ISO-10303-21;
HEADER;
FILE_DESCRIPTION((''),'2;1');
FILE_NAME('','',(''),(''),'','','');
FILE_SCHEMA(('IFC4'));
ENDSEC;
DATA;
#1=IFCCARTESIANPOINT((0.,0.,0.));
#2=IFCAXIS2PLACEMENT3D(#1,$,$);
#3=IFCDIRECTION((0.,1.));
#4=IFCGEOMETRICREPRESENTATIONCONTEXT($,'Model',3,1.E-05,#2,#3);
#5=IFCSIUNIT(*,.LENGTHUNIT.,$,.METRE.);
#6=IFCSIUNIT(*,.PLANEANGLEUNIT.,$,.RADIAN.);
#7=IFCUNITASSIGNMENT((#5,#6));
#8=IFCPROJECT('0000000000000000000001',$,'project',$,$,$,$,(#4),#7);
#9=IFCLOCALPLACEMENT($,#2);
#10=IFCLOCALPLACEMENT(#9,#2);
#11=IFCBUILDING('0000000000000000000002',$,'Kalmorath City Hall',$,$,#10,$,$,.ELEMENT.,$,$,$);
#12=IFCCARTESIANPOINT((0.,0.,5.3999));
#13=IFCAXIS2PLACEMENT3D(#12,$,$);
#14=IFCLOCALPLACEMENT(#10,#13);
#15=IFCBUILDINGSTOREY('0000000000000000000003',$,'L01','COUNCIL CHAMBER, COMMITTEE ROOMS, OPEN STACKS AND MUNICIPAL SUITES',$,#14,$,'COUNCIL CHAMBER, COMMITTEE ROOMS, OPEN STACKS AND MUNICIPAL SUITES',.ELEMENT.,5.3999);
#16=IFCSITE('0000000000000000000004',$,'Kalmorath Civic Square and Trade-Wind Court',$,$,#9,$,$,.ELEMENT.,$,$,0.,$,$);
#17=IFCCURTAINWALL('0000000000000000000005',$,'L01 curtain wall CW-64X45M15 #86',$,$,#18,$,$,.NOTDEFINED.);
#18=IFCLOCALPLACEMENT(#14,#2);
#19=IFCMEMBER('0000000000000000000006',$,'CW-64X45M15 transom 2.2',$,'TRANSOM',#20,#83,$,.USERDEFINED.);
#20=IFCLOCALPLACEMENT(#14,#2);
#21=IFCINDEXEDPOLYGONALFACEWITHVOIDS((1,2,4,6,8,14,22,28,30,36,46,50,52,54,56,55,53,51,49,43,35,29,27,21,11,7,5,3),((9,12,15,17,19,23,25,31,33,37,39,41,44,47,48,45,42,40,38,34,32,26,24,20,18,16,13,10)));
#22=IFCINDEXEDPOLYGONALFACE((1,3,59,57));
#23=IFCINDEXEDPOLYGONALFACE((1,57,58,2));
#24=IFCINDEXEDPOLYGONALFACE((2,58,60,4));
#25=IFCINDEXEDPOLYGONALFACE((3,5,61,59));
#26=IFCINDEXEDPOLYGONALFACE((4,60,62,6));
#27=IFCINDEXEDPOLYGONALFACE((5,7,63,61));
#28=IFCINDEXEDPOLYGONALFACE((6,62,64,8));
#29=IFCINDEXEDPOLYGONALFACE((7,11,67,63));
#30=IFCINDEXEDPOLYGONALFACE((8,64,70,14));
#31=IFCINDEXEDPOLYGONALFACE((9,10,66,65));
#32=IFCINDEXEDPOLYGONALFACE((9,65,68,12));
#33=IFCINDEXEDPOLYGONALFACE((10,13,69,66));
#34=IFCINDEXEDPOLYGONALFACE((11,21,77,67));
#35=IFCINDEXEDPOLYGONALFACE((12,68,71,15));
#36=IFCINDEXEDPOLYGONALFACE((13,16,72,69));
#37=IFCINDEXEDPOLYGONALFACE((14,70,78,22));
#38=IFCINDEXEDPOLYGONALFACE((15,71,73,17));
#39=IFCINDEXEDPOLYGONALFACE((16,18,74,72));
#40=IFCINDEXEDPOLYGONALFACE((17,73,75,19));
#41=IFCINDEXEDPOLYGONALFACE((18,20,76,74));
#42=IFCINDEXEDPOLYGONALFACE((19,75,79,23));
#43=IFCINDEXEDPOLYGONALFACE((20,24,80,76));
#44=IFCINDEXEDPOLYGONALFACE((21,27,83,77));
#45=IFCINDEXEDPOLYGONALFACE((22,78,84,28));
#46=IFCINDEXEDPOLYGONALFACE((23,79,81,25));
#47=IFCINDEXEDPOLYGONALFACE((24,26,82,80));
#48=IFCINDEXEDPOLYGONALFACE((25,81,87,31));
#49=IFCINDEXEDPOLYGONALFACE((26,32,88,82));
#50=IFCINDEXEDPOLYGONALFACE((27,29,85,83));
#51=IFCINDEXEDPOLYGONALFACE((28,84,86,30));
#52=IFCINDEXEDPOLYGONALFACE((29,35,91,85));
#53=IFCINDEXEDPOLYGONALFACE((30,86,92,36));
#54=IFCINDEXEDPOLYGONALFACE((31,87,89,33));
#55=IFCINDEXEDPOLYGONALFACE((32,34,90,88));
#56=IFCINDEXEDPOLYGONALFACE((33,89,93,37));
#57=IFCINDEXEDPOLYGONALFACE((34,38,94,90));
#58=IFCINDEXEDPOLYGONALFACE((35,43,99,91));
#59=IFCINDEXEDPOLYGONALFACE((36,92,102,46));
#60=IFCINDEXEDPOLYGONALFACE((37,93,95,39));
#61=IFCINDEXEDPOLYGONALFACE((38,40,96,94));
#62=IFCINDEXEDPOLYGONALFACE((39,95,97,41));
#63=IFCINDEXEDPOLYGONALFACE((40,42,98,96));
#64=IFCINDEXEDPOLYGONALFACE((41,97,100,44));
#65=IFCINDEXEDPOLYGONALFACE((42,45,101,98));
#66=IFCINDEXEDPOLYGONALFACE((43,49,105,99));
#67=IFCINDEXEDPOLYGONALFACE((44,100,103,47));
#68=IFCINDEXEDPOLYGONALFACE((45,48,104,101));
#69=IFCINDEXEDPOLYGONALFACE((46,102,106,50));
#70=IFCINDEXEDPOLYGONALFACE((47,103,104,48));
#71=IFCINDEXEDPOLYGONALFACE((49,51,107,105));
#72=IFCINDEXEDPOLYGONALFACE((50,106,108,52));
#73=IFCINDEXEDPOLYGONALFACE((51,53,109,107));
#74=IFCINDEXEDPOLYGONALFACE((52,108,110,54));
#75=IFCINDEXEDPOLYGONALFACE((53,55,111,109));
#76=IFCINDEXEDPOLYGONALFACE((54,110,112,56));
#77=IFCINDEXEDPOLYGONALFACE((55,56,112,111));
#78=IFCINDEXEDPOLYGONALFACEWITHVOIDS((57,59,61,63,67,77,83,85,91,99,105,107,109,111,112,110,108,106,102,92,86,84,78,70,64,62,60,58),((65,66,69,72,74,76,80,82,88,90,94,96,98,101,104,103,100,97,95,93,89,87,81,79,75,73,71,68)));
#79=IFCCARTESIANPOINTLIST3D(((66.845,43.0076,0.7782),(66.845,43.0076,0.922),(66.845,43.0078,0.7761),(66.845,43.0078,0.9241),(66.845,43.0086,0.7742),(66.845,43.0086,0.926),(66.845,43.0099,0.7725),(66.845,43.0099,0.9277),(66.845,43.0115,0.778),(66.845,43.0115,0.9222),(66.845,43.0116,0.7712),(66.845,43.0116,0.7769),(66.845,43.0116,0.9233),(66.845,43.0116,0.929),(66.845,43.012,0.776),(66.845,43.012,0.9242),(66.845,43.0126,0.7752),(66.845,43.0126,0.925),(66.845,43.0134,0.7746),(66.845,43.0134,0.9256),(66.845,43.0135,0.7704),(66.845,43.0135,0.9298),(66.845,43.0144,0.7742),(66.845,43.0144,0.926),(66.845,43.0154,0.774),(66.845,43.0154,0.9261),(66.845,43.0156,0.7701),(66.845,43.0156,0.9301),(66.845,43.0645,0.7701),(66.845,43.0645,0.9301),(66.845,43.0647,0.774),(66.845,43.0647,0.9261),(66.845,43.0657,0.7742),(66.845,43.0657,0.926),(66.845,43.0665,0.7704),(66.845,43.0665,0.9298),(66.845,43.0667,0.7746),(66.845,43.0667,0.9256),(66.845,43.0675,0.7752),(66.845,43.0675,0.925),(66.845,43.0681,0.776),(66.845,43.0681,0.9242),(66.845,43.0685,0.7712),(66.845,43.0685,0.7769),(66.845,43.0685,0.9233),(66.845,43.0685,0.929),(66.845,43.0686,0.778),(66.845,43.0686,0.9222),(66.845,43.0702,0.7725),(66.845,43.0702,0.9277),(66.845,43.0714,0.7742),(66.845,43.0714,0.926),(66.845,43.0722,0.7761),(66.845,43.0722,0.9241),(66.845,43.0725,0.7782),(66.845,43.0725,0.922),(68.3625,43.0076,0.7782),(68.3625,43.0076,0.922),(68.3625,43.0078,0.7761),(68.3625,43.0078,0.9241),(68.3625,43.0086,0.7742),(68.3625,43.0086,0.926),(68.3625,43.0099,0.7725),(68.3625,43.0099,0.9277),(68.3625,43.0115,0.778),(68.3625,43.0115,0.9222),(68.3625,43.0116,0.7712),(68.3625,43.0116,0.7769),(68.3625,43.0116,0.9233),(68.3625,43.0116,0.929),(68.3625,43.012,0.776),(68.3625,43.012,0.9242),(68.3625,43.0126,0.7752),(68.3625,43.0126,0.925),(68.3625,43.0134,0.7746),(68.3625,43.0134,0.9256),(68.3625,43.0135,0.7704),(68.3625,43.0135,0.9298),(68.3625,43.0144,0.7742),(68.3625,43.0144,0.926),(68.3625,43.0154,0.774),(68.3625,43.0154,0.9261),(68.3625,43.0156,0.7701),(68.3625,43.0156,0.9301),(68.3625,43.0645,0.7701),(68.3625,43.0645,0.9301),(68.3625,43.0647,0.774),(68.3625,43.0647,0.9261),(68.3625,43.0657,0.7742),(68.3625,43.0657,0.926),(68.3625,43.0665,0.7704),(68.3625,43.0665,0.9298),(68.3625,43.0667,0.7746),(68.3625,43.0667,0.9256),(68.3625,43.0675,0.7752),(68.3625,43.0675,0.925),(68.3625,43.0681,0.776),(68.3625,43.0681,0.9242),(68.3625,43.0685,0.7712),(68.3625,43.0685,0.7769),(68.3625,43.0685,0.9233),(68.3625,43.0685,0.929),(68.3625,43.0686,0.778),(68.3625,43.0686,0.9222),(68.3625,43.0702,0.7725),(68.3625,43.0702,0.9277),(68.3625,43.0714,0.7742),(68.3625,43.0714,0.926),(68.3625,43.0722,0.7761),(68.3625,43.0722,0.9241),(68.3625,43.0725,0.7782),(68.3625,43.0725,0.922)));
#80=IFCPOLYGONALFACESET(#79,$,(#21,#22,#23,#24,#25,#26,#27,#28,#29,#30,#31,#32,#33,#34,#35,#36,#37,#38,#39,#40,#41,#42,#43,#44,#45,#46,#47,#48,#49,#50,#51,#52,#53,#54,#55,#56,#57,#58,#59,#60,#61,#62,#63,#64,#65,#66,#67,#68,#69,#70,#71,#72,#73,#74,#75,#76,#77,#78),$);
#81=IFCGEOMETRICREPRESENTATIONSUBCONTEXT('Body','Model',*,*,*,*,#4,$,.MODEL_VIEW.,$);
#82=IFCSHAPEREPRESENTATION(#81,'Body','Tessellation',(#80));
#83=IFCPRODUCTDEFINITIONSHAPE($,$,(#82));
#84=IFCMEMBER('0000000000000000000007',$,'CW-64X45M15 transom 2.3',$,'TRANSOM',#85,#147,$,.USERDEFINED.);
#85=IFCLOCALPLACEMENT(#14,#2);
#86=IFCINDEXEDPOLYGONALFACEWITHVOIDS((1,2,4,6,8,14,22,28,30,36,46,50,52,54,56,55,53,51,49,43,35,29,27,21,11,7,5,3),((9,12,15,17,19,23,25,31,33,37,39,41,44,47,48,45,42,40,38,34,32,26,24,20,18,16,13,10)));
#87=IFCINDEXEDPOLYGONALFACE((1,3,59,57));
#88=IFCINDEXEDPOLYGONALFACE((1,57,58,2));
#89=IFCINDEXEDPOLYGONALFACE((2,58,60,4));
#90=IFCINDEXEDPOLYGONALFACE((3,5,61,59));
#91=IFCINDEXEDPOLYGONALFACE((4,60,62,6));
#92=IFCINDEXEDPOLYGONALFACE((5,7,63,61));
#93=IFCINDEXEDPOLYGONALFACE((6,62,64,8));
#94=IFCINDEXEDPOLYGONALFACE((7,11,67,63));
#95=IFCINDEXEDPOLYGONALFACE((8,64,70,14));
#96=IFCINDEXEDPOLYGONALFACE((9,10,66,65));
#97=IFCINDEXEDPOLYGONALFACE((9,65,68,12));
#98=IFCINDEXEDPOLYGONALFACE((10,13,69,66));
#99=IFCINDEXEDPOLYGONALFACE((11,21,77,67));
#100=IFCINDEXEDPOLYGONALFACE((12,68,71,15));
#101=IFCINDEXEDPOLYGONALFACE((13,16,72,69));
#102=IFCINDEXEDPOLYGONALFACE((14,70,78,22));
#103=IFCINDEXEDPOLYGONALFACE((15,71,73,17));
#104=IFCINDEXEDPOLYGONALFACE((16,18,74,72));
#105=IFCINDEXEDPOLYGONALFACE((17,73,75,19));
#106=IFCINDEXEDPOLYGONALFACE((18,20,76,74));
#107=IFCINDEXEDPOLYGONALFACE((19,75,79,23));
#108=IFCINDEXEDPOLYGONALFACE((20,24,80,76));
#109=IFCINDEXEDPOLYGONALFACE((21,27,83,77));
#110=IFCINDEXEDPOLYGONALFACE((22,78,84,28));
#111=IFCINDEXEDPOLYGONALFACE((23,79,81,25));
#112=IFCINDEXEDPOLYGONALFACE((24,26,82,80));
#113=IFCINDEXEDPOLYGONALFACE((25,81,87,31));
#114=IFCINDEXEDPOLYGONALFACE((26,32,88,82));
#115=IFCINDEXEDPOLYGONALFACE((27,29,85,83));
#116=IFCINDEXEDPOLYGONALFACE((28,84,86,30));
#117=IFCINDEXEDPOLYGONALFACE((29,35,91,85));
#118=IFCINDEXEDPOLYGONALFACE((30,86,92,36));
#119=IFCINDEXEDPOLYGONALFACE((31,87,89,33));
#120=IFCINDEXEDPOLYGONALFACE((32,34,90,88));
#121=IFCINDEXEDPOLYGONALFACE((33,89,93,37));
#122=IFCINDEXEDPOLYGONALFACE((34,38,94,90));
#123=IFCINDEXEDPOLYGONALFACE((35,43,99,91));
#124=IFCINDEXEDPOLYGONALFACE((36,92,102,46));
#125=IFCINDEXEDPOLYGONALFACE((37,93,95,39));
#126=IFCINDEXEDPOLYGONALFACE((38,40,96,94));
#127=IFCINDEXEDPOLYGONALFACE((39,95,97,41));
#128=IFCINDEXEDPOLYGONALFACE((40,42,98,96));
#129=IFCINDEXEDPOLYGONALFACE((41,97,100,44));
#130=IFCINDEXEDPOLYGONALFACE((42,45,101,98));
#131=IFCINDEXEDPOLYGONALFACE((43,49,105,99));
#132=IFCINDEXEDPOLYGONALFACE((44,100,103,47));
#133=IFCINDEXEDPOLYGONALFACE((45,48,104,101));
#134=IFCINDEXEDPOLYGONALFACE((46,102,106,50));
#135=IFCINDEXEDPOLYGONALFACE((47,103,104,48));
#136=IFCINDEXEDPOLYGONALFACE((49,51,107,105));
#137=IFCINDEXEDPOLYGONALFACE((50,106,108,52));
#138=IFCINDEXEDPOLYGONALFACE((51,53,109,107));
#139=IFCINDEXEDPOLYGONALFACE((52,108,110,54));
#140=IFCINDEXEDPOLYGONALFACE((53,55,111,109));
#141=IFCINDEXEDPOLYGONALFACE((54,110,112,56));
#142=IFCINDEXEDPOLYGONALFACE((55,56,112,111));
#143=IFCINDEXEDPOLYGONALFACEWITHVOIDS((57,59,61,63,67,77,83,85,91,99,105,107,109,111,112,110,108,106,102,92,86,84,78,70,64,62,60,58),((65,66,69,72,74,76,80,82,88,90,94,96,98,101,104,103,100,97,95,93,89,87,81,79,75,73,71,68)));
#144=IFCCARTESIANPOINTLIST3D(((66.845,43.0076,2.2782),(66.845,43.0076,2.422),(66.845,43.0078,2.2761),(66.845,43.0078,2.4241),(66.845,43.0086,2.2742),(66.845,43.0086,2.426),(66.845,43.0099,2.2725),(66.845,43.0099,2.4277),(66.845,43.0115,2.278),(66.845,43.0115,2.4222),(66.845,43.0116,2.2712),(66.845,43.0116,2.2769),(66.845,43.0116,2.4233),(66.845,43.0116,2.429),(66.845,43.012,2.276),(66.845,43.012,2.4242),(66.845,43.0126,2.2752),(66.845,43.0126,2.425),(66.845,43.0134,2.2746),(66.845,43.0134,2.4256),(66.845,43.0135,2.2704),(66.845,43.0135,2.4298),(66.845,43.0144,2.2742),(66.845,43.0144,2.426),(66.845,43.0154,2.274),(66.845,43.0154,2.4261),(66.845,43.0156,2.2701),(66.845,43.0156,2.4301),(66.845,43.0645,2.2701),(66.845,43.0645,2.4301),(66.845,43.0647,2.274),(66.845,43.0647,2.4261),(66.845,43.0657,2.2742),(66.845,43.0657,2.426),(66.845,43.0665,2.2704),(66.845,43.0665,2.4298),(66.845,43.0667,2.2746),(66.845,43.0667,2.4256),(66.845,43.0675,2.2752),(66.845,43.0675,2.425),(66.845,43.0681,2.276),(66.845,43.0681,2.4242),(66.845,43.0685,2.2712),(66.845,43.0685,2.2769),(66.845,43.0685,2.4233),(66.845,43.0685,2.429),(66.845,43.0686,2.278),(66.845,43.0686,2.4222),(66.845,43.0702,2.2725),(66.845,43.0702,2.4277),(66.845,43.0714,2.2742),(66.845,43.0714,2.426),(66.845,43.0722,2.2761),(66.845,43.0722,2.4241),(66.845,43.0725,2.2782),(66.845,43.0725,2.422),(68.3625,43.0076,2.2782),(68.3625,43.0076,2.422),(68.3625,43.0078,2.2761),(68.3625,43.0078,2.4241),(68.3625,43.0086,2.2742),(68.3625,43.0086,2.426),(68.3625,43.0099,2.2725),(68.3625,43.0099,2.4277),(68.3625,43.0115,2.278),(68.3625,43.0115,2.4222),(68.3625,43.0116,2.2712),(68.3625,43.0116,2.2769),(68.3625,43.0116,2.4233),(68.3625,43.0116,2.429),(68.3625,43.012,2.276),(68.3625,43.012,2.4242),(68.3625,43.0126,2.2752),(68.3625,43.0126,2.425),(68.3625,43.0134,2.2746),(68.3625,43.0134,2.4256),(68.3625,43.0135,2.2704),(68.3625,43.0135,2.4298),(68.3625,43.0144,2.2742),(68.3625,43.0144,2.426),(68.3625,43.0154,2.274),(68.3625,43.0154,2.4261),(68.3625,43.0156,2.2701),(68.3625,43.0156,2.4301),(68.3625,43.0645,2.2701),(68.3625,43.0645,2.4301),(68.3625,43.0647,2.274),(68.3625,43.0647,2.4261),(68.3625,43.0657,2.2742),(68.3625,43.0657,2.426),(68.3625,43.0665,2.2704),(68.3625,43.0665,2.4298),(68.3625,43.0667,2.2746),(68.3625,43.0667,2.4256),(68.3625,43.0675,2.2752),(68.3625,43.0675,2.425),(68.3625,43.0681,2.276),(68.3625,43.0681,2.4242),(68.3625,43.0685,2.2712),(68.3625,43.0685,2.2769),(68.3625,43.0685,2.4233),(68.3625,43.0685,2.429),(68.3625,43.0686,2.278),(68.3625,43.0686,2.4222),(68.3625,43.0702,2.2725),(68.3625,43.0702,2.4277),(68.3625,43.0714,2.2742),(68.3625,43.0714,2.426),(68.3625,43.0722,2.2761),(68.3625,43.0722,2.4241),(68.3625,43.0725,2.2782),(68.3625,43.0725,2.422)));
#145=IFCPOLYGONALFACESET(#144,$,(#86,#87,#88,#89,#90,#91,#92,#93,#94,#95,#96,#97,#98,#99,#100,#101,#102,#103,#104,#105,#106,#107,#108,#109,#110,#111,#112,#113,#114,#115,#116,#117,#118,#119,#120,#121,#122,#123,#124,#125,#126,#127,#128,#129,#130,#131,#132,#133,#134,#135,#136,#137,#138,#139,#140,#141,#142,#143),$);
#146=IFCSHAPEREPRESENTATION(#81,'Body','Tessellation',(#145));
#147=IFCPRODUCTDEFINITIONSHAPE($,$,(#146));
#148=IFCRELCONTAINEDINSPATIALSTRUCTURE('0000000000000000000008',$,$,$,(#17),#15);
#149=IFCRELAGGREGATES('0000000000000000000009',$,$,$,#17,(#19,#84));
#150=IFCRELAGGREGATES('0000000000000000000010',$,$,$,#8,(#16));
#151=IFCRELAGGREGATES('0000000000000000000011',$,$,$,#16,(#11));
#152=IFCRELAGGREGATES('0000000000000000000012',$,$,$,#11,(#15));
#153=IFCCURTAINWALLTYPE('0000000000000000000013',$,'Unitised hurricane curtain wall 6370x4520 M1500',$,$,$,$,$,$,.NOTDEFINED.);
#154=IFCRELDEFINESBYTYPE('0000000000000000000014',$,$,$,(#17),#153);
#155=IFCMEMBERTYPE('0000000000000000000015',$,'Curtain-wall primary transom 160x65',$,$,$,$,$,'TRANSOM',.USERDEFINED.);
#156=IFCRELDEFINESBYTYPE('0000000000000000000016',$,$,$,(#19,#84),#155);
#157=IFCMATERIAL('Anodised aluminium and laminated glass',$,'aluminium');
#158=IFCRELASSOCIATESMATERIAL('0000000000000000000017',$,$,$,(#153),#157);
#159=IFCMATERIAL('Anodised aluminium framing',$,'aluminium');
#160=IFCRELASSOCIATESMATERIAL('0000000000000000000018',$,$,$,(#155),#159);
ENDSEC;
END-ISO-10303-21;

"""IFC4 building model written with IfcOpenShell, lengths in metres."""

from ifc_helpers import new_model, si_unit, direction, frame, origin, origin_2d, place, context, subcontext, project, spatial, hollow_rectangle, extrude, material, material_profile, profile_set, type_object, element, aggregate, save


model = new_model("IFC4")

# Units and contexts
model_context = context("Model", 3, precision=1e-05, world=origin(), true_north=direction((0.0, 1.0)))
body_context = subcontext(model_context, "Body", "Model", "MODEL_VIEW")
ifc_project = project(units=[si_unit("LENGTHUNIT", "METRE"), si_unit("PLANEANGLEUNIT", "RADIAN")], contexts=[model_context])

# Site, building, storey
site_placement = place(None, origin())
site = spatial("IfcSite", under=ifc_project, at=site_placement, Name="Kalmorath Civic Square and Trade-Wind Court", CompositionType="ELEMENT", RefElevation=0.0)
building_placement = place(site_placement, origin())
building = spatial("IfcBuilding", under=site, at=building_placement, Name="Kalmorath City Hall", CompositionType="ELEMENT")
storey_placement = place(building_placement, frame((0.0, 0.0, 5.3999)))
storey = spatial("IfcBuildingStorey", under=building, at=storey_placement, Name="L01", Description="COUNCIL CHAMBER, COMMITTEE ROOMS, OPEN STACKS AND MUNICIPAL SUITES", LongName="COUNCIL CHAMBER, COMMITTEE ROOMS, OPEN STACKS AND MUNICIPAL SUITES", CompositionType="ELEMENT", Elevation=5.3999)

# Curtain wall, members
ifc_material_1 = material(Name="Anodised aluminium and laminated glass", Category="aluminium")
curtain_wall_type = type_object("IfcCurtainWallType", Name="Unitised hurricane curtain wall 6370x4520 M1500", PredefinedType="NOTDEFINED", material=ifc_material_1)
curtain_wall_placement = place(storey_placement, origin())
curtain_wall = element("IfcCurtainWall", 1, at=curtain_wall_placement, inside=storey, type_object=curtain_wall_type, Name="L01 curtain wall CW-64X45M15 #86", PredefinedType="NOTDEFINED")
ifc_material_2 = material(Name="Anodised aluminium framing", Category="aluminium")
ifc_material_profile_1 = material_profile(ifc_material_2, hollow_rectangle(XDim=0.0649, YDim=0.1599, WallThickness=0.0039, InnerFilletRadius=0.0039, OuterFilletRadius=0.0081, at=origin_2d()), Name="ALU-TRN-160X65X4")
ifc_profile_set_1 = profile_set([ifc_material_profile_1], Name="Anodised aluminium framing")
member_type_1 = type_object("IfcMemberType", Name="Curtain-wall primary transom 160x65", ElementType="TRANSOM", PredefinedType="USERDEFINED", material=ifc_profile_set_1)
member_1_placement = place(storey_placement, frame((66.845, 43.04, 0.8501), z_axis=(1.0, 0.0, 0.0), x_axis=(0.0, 1.0, 0.0)))
member_1 = element("IfcMember", 2, at=member_1_placement, type_object=member_type_1, Name="CW-64X45M15 transom 2.2", ObjectType="TRANSOM", PredefinedType="USERDEFINED", context=body_context, shape_type="SweptSolid", body=[
    extrude(hollow_rectangle(XDim=0.0649, YDim=0.1599, WallThickness=0.0039, InnerFilletRadius=0.0039, OuterFilletRadius=0.0081, at=origin_2d()), origin(), (0.0, 0.0, 1.0), 1.5176),
])
member_2_placement = place(storey_placement, frame((66.845, 43.04, 2.3501), z_axis=(1.0, 0.0, 0.0), x_axis=(0.0, 1.0, 0.0)))
member_2 = element("IfcMember", 3, at=member_2_placement, type_object=member_type_1, Name="CW-64X45M15 transom 2.3", ObjectType="TRANSOM", PredefinedType="USERDEFINED", context=body_context, shape_type="SweptSolid", body=[
    extrude(hollow_rectangle(XDim=0.0649, YDim=0.1599, WallThickness=0.0039, InnerFilletRadius=0.0039, OuterFilletRadius=0.0081, at=origin_2d()), origin(), (0.0, 0.0, 1.0), 1.5176),
])
aggregate(curtain_wall, [member_1, member_2])

save(model, "model.ifc")
